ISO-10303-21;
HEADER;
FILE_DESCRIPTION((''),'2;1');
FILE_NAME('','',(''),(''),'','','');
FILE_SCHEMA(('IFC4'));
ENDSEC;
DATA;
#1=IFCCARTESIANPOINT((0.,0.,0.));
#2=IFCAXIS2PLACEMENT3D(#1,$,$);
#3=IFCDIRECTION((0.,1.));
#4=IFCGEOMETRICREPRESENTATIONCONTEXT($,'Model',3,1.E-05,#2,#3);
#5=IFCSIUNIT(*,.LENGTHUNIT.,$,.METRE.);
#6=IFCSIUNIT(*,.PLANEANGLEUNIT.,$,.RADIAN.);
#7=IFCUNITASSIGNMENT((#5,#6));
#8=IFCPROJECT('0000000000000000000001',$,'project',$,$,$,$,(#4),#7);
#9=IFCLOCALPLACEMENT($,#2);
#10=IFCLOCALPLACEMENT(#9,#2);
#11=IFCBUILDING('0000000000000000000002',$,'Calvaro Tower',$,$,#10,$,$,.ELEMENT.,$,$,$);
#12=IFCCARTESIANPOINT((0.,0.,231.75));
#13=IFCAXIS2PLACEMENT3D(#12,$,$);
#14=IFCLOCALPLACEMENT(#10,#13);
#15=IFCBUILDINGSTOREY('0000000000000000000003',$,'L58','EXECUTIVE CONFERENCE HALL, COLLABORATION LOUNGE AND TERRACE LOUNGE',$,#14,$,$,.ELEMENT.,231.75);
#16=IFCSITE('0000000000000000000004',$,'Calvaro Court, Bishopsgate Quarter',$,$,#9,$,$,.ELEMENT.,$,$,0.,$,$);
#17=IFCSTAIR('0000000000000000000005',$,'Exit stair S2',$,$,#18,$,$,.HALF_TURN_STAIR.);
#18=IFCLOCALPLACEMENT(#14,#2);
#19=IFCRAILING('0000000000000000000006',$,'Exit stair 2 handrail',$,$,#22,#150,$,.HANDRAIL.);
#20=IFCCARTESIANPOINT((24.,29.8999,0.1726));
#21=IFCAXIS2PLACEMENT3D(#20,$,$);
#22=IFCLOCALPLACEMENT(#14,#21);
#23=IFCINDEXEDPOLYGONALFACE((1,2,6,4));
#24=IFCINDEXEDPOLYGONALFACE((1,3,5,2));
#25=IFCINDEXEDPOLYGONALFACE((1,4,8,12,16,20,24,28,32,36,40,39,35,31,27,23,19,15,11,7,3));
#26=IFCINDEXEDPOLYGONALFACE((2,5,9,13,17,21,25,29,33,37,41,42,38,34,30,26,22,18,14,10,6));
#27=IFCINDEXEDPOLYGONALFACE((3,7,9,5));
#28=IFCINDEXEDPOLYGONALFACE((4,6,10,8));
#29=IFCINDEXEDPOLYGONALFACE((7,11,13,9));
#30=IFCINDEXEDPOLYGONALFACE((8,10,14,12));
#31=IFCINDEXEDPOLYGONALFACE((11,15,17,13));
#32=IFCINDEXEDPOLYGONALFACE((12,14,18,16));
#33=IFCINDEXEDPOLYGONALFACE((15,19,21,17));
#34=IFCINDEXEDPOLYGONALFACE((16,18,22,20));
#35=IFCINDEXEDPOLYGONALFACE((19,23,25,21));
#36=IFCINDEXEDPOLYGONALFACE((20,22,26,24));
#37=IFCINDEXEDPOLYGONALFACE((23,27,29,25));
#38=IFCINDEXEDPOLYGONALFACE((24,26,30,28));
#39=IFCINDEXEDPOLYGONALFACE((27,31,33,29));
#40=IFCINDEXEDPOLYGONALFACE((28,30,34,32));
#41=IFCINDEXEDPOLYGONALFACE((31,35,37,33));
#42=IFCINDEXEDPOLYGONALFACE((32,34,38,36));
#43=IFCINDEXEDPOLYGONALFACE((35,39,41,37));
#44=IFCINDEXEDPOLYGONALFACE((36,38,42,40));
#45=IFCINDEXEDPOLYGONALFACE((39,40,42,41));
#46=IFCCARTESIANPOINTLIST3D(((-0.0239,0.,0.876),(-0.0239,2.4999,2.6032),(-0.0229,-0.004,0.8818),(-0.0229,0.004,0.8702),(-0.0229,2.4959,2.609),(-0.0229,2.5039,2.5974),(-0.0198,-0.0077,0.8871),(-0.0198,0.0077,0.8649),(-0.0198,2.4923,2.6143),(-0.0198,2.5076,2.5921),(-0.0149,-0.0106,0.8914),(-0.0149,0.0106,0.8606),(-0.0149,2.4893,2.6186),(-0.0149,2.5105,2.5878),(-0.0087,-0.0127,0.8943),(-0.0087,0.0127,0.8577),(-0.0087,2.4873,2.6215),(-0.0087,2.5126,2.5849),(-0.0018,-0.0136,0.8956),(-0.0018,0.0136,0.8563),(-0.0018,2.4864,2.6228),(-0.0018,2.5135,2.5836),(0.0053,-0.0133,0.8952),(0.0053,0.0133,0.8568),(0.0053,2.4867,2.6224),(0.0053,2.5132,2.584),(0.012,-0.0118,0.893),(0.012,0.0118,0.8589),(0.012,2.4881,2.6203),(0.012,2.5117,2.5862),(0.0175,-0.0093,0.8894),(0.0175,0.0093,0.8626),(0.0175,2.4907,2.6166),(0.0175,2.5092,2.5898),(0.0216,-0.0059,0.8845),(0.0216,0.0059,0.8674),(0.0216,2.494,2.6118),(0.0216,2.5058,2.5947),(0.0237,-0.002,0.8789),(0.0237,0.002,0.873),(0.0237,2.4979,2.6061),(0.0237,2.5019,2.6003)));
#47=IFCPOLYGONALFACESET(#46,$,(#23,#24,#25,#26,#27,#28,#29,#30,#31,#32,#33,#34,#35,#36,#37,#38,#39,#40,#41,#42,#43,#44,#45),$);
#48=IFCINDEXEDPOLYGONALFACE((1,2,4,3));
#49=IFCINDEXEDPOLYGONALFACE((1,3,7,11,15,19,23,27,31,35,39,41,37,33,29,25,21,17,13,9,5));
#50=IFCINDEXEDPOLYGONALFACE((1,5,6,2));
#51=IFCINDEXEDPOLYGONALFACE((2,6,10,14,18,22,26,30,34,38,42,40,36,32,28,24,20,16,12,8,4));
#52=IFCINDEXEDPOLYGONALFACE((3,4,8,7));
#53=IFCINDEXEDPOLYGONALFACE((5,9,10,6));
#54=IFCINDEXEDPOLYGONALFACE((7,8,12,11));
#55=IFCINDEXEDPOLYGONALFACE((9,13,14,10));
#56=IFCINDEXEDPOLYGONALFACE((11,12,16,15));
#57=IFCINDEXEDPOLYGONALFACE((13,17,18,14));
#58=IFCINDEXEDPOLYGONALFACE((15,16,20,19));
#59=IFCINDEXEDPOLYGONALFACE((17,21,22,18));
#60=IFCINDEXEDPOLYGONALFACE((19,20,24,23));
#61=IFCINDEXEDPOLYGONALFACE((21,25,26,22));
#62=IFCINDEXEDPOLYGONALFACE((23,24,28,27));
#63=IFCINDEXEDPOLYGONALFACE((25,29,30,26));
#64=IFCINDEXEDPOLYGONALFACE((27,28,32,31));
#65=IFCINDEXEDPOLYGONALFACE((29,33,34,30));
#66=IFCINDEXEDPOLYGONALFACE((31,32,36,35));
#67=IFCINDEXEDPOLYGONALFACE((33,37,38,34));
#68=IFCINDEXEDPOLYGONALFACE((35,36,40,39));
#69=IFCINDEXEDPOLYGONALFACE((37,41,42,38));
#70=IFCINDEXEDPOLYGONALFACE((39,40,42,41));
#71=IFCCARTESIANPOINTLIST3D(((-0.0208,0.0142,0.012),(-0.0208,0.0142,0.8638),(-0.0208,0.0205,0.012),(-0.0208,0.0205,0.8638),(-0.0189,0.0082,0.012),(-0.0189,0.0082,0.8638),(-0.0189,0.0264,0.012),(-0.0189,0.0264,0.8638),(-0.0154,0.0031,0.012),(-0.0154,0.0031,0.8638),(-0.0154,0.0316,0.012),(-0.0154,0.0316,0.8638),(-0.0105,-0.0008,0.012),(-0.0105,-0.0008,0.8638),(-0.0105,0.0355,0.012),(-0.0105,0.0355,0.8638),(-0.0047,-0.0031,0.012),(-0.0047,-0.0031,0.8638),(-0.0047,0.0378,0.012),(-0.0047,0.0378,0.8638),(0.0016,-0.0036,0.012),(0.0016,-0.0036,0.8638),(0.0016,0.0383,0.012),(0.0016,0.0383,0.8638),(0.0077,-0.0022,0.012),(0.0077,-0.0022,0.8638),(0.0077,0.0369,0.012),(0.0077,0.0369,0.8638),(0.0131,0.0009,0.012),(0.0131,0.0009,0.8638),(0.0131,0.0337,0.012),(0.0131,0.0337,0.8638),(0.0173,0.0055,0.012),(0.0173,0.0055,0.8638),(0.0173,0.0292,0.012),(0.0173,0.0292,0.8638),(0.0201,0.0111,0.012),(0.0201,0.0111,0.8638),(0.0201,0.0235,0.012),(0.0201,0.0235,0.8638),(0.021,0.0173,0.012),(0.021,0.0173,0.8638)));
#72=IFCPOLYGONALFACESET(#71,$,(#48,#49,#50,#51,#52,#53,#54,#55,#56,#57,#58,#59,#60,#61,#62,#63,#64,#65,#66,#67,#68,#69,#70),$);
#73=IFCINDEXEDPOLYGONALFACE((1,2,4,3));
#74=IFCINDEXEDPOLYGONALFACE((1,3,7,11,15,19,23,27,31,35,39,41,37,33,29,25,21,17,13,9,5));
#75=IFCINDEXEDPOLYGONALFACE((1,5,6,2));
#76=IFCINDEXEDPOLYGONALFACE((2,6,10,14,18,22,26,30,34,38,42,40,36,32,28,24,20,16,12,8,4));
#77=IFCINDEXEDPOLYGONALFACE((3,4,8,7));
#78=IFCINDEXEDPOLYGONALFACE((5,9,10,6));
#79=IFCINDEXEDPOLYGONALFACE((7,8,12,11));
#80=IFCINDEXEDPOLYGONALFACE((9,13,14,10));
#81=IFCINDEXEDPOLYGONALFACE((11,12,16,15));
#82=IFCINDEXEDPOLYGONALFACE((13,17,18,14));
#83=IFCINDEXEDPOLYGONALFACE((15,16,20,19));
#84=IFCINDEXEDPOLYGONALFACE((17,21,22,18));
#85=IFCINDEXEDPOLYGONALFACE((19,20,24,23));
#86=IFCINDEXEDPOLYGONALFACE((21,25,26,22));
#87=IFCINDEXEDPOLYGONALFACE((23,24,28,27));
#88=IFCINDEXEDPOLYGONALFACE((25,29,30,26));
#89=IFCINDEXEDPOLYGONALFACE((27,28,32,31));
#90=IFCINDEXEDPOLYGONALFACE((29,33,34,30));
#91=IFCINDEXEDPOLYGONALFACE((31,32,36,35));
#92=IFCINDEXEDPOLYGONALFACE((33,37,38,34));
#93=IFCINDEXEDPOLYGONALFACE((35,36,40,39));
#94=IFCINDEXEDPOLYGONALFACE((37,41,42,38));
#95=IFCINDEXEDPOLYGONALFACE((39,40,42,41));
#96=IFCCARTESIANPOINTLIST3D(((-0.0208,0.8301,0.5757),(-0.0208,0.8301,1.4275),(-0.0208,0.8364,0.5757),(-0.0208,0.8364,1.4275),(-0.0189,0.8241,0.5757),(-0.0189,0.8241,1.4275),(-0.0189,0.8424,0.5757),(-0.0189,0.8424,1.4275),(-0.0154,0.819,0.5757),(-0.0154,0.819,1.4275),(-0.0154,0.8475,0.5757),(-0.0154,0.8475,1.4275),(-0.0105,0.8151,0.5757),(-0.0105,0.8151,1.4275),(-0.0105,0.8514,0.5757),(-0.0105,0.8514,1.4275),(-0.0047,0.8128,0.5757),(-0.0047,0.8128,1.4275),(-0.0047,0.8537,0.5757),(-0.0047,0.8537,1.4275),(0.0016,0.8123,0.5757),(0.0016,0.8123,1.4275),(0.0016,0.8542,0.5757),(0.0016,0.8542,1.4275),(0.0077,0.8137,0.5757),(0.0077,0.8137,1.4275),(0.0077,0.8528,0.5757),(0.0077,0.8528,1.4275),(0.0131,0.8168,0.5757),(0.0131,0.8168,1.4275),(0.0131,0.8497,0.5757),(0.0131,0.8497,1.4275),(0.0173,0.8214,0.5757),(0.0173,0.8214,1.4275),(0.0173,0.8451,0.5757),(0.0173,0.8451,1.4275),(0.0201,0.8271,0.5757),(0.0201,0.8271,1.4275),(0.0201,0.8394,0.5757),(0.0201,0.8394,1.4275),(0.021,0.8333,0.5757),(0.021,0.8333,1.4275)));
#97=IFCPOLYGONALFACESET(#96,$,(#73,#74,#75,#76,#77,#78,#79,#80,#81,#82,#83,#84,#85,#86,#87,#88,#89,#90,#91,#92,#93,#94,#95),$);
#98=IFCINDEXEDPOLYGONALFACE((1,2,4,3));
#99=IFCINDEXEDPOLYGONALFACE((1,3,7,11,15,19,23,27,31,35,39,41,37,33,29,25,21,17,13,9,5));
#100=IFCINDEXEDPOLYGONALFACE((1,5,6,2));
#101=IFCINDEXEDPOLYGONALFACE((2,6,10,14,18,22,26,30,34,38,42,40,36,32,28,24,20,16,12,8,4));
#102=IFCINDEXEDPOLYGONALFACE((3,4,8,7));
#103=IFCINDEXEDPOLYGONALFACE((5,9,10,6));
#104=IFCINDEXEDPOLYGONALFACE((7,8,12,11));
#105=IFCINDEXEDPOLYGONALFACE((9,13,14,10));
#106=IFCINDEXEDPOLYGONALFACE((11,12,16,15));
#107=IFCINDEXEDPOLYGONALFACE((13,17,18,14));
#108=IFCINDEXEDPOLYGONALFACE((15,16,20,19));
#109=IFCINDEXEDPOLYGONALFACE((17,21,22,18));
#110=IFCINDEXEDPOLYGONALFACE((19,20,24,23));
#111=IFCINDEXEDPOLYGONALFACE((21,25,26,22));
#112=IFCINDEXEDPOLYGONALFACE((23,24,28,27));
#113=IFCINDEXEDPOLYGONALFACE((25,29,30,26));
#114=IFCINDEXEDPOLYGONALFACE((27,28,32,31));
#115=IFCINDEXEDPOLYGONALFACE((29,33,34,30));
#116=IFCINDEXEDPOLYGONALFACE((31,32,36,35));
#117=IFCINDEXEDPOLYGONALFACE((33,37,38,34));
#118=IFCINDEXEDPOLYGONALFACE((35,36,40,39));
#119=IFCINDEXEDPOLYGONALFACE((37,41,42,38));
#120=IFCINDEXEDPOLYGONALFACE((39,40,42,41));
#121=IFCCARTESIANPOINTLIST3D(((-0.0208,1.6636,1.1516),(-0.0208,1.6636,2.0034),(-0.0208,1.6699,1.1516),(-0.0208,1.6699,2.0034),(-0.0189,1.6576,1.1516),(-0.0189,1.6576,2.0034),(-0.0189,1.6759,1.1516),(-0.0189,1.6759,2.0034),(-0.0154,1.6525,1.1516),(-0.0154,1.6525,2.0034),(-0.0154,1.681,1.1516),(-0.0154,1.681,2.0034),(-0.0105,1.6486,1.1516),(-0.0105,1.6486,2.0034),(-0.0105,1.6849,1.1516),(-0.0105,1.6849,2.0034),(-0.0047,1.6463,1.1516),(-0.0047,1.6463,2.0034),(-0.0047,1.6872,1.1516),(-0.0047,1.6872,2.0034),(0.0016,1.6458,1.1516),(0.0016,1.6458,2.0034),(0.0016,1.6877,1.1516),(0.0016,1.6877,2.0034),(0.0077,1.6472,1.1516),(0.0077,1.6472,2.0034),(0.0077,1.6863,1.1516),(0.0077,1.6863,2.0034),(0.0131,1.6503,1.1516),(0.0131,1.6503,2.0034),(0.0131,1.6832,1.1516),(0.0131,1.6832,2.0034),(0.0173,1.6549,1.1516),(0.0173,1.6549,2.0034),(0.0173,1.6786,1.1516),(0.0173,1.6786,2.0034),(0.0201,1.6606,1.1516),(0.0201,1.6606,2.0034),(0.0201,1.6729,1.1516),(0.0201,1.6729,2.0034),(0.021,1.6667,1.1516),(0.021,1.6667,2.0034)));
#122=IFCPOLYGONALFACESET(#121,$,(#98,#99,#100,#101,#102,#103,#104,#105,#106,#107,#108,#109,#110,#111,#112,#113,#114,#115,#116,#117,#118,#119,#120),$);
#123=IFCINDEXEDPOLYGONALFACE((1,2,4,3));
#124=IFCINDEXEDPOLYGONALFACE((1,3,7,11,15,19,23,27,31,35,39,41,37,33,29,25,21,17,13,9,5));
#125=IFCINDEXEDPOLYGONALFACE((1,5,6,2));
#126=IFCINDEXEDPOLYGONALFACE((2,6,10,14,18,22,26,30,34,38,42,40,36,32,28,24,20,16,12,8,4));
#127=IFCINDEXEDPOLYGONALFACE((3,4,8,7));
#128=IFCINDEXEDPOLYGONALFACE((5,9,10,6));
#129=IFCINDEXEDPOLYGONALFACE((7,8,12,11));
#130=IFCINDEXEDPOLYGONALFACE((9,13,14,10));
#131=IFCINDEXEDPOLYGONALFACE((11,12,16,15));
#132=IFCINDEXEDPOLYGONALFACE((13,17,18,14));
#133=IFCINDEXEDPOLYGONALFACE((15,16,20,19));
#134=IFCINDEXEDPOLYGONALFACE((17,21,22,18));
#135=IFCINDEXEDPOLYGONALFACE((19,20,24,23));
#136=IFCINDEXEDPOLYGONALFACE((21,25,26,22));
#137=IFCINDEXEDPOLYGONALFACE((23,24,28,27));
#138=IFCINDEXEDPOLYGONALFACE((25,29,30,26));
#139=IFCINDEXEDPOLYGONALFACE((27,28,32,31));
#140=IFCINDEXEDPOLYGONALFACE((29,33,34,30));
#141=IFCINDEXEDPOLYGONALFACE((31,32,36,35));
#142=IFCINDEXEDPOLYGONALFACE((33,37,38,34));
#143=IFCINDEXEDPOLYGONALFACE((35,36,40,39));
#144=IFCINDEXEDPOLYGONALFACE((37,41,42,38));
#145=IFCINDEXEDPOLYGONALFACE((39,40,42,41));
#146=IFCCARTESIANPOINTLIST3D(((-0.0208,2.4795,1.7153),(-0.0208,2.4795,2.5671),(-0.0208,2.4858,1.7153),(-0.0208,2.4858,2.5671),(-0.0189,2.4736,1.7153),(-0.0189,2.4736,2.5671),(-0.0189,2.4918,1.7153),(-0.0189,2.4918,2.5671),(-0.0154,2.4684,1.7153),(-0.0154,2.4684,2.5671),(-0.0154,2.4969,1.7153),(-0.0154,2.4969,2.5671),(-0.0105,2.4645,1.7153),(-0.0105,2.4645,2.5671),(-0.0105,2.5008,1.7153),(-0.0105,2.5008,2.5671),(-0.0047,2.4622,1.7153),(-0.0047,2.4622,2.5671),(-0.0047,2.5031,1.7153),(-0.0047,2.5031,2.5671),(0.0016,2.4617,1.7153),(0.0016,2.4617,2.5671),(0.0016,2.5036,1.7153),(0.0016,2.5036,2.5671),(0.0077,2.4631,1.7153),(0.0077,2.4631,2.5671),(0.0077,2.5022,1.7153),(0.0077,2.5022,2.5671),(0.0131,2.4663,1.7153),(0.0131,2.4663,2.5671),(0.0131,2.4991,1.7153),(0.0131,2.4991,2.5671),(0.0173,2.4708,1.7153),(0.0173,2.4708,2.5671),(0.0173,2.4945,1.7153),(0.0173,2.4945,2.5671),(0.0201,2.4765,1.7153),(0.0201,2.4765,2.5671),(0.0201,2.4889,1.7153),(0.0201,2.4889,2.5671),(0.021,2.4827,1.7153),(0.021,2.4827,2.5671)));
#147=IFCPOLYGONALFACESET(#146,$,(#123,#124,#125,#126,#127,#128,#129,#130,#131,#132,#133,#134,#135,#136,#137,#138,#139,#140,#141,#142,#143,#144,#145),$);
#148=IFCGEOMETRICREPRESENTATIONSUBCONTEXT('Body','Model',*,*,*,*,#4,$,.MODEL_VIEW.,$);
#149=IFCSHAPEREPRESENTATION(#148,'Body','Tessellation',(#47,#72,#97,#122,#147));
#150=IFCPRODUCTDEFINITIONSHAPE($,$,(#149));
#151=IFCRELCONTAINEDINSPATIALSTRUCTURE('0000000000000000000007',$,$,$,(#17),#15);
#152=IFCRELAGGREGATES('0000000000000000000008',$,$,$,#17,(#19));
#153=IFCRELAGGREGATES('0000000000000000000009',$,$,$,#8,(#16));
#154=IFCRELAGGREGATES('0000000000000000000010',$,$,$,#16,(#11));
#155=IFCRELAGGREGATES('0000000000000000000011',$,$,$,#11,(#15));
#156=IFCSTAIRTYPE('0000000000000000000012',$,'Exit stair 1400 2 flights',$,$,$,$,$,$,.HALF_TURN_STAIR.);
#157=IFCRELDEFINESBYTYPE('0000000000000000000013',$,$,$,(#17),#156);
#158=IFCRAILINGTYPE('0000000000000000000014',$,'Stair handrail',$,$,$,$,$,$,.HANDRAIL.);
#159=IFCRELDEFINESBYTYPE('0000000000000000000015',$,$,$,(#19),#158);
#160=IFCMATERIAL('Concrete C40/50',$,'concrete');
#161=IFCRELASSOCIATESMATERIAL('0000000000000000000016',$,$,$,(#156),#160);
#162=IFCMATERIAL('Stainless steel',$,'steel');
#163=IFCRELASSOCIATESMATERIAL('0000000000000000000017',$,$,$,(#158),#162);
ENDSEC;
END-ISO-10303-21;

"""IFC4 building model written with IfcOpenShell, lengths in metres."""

from ifc_helpers import new_model, si_unit, direction, frame, origin, origin_2d, place, context, subcontext, project, spatial, circle, extrude, material, type_object, element, aggregate, save


model = new_model("IFC4")

# Units and contexts
model_context = context("Model", 3, precision=1e-05, world=origin(), true_north=direction((0.0, 1.0)))
body_context = subcontext(model_context, "Body", "Model", "MODEL_VIEW")
ifc_project = project(units=[si_unit("LENGTHUNIT", "METRE"), si_unit("PLANEANGLEUNIT", "RADIAN")], contexts=[model_context])

# Site, building, storey
site_placement = place(None, origin())
site = spatial("IfcSite", under=ifc_project, at=site_placement, Name="Calvaro Court, Bishopsgate Quarter", CompositionType="ELEMENT", RefElevation=0.0)
building_placement = place(site_placement, origin())
building = spatial("IfcBuilding", under=site, at=building_placement, Name="Calvaro Tower", CompositionType="ELEMENT")
storey_placement = place(building_placement, frame((0.0, 0.0, 231.75)))
storey = spatial("IfcBuildingStorey", under=building, at=storey_placement, Name="L58", Description="EXECUTIVE CONFERENCE HALL, COLLABORATION LOUNGE AND TERRACE LOUNGE", CompositionType="ELEMENT", Elevation=231.75)

# Stair
ifc_material_1 = material(Name="Concrete C40/50", Category="concrete")
stair_type = type_object("IfcStairType", Name="Exit stair 1400 2 flights", PredefinedType="HALF_TURN_STAIR", material=ifc_material_1)
stair_1_placement = place(storey_placement, origin())
stair_1 = element("IfcStair", 1, at=stair_1_placement, inside=storey, type_object=stair_type, Name="Exit stair S2", PredefinedType="HALF_TURN_STAIR")

# Railing
ifc_material_2 = material(Name="Stainless steel", Category="steel")
railing_type = type_object("IfcRailingType", Name="Stair handrail", PredefinedType="HANDRAIL", material=ifc_material_2)
railing_1_placement = place(storey_placement, frame((24.0, 29.8999, 0.1726)))
railing_1 = element("IfcRailing", 2, at=railing_1_placement, type_object=railing_type, Name="Exit stair 2 handrail", PredefinedType="HANDRAIL", context=body_context, shape_type="SweptSolid", body=[
    extrude(circle(Radius=0.0239, at=origin_2d()), frame((0.0, 0.0, 0.876), z_axis=(0.0, 0.822727, 0.568437), x_axis=(-1.0, 0.0, 0.0)), (0.0, 0.0, 1.0), 3.0386),
    extrude(circle(Radius=0.021, at=origin_2d()), frame((0.0, 0.0173, 0.012)), (0.0, 0.0, 1.0), 0.8518),
    extrude(circle(Radius=0.021, at=origin_2d()), frame((0.0, 0.8333, 0.5757)), (0.0, 0.0, 1.0), 0.8518),
    extrude(circle(Radius=0.021, at=origin_2d()), frame((0.0, 1.6667, 1.1516)), (0.0, 0.0, 1.0), 0.8518),
    extrude(circle(Radius=0.021, at=origin_2d()), frame((0.0, 2.4827, 1.7153)), (0.0, 0.0, 1.0), 0.8518),
])
aggregate(stair_1, [railing_1])

save(model, "model.ifc")
